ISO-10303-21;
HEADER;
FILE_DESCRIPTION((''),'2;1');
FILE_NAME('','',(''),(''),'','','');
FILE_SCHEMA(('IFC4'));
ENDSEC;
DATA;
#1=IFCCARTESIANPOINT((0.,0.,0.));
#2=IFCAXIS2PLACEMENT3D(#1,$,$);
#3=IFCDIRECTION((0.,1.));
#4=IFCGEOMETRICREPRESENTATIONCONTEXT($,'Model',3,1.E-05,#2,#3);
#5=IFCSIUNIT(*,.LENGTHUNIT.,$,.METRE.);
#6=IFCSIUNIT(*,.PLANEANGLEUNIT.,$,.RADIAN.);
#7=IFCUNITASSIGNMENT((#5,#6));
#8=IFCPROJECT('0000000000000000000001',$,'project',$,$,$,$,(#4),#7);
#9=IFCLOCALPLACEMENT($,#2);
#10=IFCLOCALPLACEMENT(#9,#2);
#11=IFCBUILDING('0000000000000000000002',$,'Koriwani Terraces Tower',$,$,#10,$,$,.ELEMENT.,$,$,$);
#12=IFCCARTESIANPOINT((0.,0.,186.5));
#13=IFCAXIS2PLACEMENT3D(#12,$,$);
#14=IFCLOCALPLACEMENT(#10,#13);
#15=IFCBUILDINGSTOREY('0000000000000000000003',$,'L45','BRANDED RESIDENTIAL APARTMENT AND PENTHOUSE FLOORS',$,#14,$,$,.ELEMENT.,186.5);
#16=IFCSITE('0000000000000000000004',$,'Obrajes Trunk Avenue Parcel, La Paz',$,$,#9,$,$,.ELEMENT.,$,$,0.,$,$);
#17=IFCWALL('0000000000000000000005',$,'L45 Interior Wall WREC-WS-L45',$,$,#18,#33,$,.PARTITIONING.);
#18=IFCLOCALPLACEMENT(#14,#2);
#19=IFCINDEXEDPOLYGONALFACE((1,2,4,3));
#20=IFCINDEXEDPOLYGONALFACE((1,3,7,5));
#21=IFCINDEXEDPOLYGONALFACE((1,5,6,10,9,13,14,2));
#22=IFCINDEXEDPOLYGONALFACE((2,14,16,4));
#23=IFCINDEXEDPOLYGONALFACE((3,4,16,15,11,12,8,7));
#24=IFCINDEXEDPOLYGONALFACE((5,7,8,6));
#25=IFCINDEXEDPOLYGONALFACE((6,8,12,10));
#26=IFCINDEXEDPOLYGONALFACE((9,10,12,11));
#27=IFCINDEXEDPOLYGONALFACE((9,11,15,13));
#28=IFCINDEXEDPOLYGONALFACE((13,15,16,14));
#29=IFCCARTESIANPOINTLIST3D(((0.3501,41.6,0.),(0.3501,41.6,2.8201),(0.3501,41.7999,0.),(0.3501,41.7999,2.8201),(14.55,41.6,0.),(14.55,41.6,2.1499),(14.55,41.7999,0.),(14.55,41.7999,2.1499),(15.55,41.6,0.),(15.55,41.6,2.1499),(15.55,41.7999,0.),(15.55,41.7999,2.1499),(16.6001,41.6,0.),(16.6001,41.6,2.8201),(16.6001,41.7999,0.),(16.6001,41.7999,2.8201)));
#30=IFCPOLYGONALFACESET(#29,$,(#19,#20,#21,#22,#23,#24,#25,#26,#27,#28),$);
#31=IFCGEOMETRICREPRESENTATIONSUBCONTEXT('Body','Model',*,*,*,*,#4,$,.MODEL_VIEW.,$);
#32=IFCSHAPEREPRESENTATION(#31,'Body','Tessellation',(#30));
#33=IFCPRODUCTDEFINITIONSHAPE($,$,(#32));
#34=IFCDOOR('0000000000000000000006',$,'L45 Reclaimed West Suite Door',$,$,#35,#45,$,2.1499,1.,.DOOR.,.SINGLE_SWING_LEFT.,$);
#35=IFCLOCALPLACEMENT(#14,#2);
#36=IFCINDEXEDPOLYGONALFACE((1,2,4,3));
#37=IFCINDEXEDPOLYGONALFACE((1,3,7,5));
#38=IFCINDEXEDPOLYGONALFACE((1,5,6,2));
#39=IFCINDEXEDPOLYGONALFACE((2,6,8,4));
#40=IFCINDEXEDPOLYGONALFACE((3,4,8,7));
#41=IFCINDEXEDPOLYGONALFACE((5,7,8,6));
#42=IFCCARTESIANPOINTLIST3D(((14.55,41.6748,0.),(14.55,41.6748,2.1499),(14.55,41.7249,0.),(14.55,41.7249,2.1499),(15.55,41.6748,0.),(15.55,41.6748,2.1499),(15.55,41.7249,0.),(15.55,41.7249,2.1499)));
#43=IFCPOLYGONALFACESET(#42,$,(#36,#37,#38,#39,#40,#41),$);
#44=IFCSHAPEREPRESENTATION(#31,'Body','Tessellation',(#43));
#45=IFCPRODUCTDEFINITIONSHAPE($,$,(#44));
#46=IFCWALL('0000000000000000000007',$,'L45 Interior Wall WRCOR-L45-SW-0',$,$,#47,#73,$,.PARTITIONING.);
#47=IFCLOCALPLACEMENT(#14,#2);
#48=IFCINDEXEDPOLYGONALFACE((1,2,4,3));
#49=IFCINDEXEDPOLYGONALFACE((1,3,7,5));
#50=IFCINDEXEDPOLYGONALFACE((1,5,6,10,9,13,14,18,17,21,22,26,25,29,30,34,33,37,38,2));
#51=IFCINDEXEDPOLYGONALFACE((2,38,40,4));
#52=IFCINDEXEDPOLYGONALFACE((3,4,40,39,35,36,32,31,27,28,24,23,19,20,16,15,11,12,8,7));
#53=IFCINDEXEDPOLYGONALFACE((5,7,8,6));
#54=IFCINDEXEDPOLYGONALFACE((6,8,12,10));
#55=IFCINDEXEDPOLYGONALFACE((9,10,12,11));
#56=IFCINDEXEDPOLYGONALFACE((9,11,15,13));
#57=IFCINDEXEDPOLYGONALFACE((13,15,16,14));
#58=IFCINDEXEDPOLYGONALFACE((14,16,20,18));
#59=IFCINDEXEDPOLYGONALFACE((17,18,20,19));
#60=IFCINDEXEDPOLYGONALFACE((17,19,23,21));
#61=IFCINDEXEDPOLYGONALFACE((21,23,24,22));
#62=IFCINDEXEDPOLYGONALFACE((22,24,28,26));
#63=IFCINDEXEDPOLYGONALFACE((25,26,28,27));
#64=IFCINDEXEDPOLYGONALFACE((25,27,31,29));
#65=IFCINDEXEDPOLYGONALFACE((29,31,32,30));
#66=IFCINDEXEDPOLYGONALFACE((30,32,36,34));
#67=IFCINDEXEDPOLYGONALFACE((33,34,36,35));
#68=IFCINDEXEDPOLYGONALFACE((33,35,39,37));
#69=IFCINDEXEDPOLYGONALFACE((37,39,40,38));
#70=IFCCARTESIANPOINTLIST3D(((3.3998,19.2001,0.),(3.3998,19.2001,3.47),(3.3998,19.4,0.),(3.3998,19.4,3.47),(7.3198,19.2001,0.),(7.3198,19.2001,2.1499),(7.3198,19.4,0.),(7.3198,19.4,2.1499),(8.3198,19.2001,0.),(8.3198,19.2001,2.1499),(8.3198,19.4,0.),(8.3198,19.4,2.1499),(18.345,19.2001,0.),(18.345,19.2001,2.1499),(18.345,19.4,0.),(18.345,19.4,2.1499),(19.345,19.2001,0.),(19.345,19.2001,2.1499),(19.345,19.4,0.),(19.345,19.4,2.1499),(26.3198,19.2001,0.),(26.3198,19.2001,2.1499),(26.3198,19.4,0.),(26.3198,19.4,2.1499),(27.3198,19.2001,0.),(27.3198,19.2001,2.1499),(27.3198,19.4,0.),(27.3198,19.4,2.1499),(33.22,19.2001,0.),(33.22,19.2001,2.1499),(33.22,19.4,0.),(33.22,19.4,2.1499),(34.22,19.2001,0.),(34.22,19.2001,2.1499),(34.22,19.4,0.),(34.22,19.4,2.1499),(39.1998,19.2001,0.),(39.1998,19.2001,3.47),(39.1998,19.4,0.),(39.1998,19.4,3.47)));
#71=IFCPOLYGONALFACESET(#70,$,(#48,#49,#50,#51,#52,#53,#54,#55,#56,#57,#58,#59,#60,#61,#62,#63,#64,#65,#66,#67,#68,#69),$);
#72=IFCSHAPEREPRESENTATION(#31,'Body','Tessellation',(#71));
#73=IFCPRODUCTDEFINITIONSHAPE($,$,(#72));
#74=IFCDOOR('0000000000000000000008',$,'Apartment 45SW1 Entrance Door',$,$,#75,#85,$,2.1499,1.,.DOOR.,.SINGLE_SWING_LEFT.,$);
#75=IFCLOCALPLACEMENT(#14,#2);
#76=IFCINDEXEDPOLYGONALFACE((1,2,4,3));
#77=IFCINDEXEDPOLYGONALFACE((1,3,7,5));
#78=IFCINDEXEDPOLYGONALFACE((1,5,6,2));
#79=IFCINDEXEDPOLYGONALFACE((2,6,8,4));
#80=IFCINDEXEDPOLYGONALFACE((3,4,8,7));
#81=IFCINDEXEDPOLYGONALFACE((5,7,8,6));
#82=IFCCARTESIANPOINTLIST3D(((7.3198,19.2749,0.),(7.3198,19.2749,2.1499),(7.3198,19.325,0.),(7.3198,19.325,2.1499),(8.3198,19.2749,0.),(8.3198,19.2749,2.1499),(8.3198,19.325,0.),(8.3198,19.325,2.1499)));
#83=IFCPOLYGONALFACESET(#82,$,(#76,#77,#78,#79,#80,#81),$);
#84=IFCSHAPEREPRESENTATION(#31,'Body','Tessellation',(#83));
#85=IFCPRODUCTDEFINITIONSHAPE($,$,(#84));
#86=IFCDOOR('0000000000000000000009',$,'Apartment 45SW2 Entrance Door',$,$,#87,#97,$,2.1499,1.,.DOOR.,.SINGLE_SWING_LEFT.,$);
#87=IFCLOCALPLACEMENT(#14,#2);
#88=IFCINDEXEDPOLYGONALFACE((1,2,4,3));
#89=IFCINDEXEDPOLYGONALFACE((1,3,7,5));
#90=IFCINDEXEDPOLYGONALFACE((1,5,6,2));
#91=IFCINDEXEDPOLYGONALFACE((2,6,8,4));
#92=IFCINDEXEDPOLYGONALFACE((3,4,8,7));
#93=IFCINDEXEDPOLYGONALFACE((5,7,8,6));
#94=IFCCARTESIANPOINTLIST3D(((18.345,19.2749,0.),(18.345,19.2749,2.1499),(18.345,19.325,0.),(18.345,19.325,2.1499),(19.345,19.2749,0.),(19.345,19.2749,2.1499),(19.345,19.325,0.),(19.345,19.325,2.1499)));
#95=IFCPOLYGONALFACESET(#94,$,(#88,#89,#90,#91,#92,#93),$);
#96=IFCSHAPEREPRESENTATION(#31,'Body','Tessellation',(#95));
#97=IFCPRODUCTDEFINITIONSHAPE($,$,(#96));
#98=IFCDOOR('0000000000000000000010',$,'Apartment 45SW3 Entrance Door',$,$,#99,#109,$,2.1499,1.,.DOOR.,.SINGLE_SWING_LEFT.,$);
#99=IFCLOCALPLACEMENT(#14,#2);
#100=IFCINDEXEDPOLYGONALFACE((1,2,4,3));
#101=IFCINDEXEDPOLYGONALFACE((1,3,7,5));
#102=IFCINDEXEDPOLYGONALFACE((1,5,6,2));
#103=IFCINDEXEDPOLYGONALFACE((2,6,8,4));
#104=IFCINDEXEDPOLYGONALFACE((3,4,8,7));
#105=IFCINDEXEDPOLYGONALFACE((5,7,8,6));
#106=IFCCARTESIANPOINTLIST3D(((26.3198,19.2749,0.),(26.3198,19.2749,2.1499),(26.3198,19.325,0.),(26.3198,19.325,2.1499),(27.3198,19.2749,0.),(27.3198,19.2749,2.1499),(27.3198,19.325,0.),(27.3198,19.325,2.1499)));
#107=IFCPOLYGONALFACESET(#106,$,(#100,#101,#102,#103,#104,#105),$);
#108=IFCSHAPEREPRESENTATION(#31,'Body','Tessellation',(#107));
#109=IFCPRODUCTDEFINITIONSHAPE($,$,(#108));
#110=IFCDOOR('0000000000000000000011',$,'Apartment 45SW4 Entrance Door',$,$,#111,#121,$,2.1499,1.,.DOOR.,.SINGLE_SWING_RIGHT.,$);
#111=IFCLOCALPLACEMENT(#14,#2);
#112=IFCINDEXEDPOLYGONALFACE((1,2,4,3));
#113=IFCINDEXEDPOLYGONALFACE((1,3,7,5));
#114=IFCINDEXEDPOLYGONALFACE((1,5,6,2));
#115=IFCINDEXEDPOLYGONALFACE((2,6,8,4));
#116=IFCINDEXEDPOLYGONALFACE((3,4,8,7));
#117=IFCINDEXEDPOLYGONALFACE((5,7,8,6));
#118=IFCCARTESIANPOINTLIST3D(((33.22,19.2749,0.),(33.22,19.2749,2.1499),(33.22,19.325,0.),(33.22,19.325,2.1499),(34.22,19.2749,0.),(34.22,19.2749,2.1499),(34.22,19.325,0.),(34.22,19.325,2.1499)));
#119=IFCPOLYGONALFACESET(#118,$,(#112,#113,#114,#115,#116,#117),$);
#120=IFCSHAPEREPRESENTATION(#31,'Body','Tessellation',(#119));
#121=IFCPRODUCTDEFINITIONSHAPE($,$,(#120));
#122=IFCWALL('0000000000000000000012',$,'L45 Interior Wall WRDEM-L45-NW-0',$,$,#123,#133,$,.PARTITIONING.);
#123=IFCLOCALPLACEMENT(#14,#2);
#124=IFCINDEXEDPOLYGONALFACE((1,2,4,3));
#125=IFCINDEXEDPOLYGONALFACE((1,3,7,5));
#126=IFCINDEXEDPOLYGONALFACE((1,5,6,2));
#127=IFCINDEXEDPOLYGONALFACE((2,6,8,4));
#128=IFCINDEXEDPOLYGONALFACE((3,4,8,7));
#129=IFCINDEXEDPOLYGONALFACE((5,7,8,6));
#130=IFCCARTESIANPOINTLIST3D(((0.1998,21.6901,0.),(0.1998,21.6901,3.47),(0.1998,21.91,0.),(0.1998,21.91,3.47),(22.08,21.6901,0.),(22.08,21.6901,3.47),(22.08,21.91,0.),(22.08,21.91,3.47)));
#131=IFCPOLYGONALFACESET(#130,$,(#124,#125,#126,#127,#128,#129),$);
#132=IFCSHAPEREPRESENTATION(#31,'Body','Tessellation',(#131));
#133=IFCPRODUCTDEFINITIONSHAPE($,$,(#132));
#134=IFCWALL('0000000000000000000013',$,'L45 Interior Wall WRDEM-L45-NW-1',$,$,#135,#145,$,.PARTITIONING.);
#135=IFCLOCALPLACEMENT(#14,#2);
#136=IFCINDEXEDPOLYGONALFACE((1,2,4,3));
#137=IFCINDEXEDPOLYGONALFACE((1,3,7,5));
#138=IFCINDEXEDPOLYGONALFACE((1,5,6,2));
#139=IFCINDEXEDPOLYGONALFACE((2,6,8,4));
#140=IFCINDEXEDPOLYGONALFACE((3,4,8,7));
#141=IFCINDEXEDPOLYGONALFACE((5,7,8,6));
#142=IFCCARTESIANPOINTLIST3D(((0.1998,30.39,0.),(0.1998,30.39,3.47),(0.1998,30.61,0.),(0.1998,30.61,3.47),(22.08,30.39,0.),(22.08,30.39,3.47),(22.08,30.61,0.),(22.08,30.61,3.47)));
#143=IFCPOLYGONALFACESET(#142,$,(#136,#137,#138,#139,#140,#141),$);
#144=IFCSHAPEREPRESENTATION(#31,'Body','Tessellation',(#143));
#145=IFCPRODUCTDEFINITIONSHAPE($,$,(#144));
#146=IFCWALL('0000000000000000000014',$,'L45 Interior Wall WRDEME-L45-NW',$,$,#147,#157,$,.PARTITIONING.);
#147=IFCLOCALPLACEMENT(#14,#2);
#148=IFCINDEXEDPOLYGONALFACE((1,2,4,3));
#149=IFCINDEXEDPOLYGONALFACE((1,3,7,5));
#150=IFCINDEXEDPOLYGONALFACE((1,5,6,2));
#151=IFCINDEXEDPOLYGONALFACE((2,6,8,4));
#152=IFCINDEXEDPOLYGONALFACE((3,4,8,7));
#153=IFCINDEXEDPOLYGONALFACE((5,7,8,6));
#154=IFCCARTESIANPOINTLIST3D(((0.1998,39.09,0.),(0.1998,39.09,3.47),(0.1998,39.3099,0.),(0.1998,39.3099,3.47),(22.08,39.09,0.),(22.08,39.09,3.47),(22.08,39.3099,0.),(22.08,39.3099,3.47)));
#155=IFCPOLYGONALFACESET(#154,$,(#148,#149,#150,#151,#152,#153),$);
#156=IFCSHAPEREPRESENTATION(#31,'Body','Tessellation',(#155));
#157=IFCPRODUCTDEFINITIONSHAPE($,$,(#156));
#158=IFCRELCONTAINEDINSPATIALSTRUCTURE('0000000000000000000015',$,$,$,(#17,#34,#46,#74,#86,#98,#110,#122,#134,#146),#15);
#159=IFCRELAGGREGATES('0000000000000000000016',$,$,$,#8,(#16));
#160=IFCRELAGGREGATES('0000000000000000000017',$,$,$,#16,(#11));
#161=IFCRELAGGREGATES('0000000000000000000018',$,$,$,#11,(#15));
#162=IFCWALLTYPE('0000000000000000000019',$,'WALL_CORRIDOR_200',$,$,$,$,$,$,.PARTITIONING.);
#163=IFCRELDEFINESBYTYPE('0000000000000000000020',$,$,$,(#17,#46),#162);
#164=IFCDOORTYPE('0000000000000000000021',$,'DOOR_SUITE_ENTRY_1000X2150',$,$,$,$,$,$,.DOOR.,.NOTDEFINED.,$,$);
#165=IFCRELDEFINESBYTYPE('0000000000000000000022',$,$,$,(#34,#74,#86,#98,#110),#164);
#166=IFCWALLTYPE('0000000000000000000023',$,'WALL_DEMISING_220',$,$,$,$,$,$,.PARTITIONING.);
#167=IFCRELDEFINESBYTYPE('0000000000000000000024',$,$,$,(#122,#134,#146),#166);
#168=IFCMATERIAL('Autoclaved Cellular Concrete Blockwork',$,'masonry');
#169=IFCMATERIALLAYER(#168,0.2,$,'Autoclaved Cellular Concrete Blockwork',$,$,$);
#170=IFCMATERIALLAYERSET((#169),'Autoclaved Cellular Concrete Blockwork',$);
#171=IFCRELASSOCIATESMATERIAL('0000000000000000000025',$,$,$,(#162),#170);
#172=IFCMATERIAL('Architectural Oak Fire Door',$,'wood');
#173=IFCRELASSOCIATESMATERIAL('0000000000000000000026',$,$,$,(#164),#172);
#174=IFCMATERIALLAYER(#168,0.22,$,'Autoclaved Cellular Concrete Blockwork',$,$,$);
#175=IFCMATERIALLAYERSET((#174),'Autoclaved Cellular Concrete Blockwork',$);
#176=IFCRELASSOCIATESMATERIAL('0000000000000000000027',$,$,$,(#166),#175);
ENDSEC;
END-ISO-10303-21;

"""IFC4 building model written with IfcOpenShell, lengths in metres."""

from ifc_helpers import new_model, si_unit, direction, frame, frame_2d, origin, place, context, subcontext, project, spatial, rectangle, extrude, material, layer, layer_set, type_object, element, fill, save


model = new_model("IFC4")

# Units and contexts
model_context = context("Model", 3, precision=1e-05, world=origin(), true_north=direction((0.0, 1.0)))
body_context = subcontext(model_context, "Body", "Model", "MODEL_VIEW")
ifc_project = project(units=[si_unit("LENGTHUNIT", "METRE"), si_unit("PLANEANGLEUNIT", "RADIAN")], contexts=[model_context])

# Site, building, storey
site_placement = place(None, origin())
site = spatial("IfcSite", under=ifc_project, at=site_placement, Name="Obrajes Trunk Avenue Parcel, La Paz", CompositionType="ELEMENT", RefElevation=0.0)
building_placement = place(site_placement, origin())
building = spatial("IfcBuilding", under=site, at=building_placement, Name="Koriwani Terraces Tower", CompositionType="ELEMENT")
storey_placement = place(building_placement, frame((0.0, 0.0, 186.5)))
storey = spatial("IfcBuildingStorey", under=building, at=storey_placement, Name="L45", Description="BRANDED RESIDENTIAL APARTMENT AND PENTHOUSE FLOORS", CompositionType="ELEMENT", Elevation=186.5)

# Wall, opening, door
ifc_material_1 = material(Name="Autoclaved Cellular Concrete Blockwork", Category="masonry")
ifc_layer_1 = layer(ifc_material_1, 0.2, Name="Autoclaved Cellular Concrete Blockwork")
ifc_layer_set_1 = layer_set([ifc_layer_1], Name="Autoclaved Cellular Concrete Blockwork")
wall_type_1 = type_object("IfcWallType", Name="WALL_CORRIDOR_200", PredefinedType="PARTITIONING", material=ifc_layer_set_1)
wall_1_placement = place(storey_placement, frame((0.3501, 41.7, 0.0), z_axis=(0.0, 0.0, 1.0), x_axis=(1.0, 0.0, 0.0)))
wall_1 = element("IfcWall", 1, at=wall_1_placement, inside=storey, type_object=wall_type_1, Name="L45 Interior Wall WREC-WS-L45", PredefinedType="PARTITIONING", context=body_context, shape_type="SweptSolid", body=[
    extrude(rectangle(XDim=16.25, YDim=0.2, at=frame_2d((8.125, 0.0))), origin(), (0.0, 0.0, 1.0), 2.8201),
])
opening_1_placement = place(wall_1_placement, frame((14.2, 0.0, 0.0)))
opening_1 = element("IfcOpeningElement", 2, at=opening_1_placement, cuts=wall_1, PredefinedType="OPENING", context=body_context, shape_type="SweptSolid", body=[
    extrude(rectangle(XDim=1.0, YDim=2.1499, at=frame_2d((0.5, 1.075))), frame((0.0, 0.1099, 0.0), z_axis=(0.0, -1.0, 0.0), x_axis=(1.0, 0.0, 0.0)), (0.0, 0.0, 1.0), 0.22),
])
ifc_material_2 = material(Name="Architectural Oak Fire Door", Category="wood")
door_type_1 = type_object("IfcDoorType", Name="DOOR_SUITE_ENTRY_1000X2150", OperationType="NOTDEFINED", PredefinedType="DOOR", material=ifc_material_2)
door_1_placement = place(opening_1_placement, origin())
door_1 = element("IfcDoor", 3, at=door_1_placement, inside=storey, type_object=door_type_1, Name="L45 Reclaimed West Suite Door", OperationType="SINGLE_SWING_LEFT", OverallHeight=2.1499, OverallWidth=1.0, PredefinedType="DOOR", context=body_context, shape_type="SweptSolid", body=[
    extrude(rectangle(XDim=1.0, YDim=2.1499, at=frame_2d((0.5, 1.075))), frame((0.0, 0.0249, 0.0), z_axis=(0.0, -1.0, 0.0), x_axis=(1.0, 0.0, 0.0)), (0.0, 0.0, 1.0), 0.05),
])
fill(opening_1, door_1)

# Wall, openings, doors
wall_2_placement = place(storey_placement, frame((3.3999, 19.3, 0.0), z_axis=(0.0, 0.0, 1.0), x_axis=(1.0, 0.0, 0.0)))
wall_2 = element("IfcWall", 4, at=wall_2_placement, inside=storey, type_object=wall_type_1, Name="L45 Interior Wall WRCOR-L45-SW-0", PredefinedType="PARTITIONING", context=body_context, shape_type="SweptSolid", body=[
    extrude(rectangle(XDim=35.8, YDim=0.2, at=frame_2d((17.8999, 0.0))), origin(), (0.0, 0.0, 1.0), 3.47),
])
opening_2_placement = place(wall_2_placement, frame((3.9199, 0.0, 0.0)))
opening_2 = element("IfcOpeningElement", 5, at=opening_2_placement, cuts=wall_2, PredefinedType="OPENING", context=body_context, shape_type="SweptSolid", body=[
    extrude(rectangle(XDim=1.0, YDim=2.1499, at=frame_2d((0.5, 1.075))), frame((0.0, 0.1099, 0.0), z_axis=(0.0, -1.0, 0.0), x_axis=(1.0, 0.0, 0.0)), (0.0, 0.0, 1.0), 0.22),
])
opening_3_placement = place(wall_2_placement, frame((14.9451, 0.0, 0.0)))
opening_3 = element("IfcOpeningElement", 6, at=opening_3_placement, cuts=wall_2, PredefinedType="OPENING", context=body_context, shape_type="SweptSolid", body=[
    extrude(rectangle(XDim=1.0, YDim=2.1499, at=frame_2d((0.5, 1.075))), frame((0.0, 0.1099, 0.0), z_axis=(0.0, -1.0, 0.0), x_axis=(1.0, 0.0, 0.0)), (0.0, 0.0, 1.0), 0.22),
])
opening_4_placement = place(wall_2_placement, frame((22.9199, 0.0, 0.0)))
opening_4 = element("IfcOpeningElement", 7, at=opening_4_placement, cuts=wall_2, PredefinedType="OPENING", context=body_context, shape_type="SweptSolid", body=[
    extrude(rectangle(XDim=1.0, YDim=2.1499, at=frame_2d((0.5, 1.075))), frame((0.0, 0.1099, 0.0), z_axis=(0.0, -1.0, 0.0), x_axis=(1.0, 0.0, 0.0)), (0.0, 0.0, 1.0), 0.22),
])
opening_5_placement = place(wall_2_placement, frame((29.8201, 0.0, 0.0)))
opening_5 = element("IfcOpeningElement", 8, at=opening_5_placement, cuts=wall_2, PredefinedType="OPENING", context=body_context, shape_type="SweptSolid", body=[
    extrude(rectangle(XDim=1.0, YDim=2.1499, at=frame_2d((0.5, 1.075))), frame((0.0, 0.1099, 0.0), z_axis=(0.0, -1.0, 0.0), x_axis=(1.0, 0.0, 0.0)), (0.0, 0.0, 1.0), 0.22),
])
door_2_placement = place(opening_2_placement, origin())
door_2 = element("IfcDoor", 9, at=door_2_placement, inside=storey, type_object=door_type_1, Name="Apartment 45SW1 Entrance Door", OperationType="SINGLE_SWING_LEFT", OverallHeight=2.1499, OverallWidth=1.0, PredefinedType="DOOR", context=body_context, shape_type="SweptSolid", body=[
    extrude(rectangle(XDim=1.0, YDim=2.1499, at=frame_2d((0.5, 1.075))), frame((0.0, 0.0249, 0.0), z_axis=(0.0, -1.0, 0.0), x_axis=(1.0, 0.0, 0.0)), (0.0, 0.0, 1.0), 0.05),
])
fill(opening_2, door_2)
door_3_placement = place(opening_3_placement, origin())
door_3 = element("IfcDoor", 10, at=door_3_placement, inside=storey, type_object=door_type_1, Name="Apartment 45SW2 Entrance Door", OperationType="SINGLE_SWING_LEFT", OverallHeight=2.1499, OverallWidth=1.0, PredefinedType="DOOR", context=body_context, shape_type="SweptSolid", body=[
    extrude(rectangle(XDim=1.0, YDim=2.1499, at=frame_2d((0.5, 1.075))), frame((0.0, 0.0249, 0.0), z_axis=(0.0, -1.0, 0.0), x_axis=(1.0, 0.0, 0.0)), (0.0, 0.0, 1.0), 0.05),
])
fill(opening_3, door_3)
door_4_placement = place(opening_4_placement, origin())
door_4 = element("IfcDoor", 11, at=door_4_placement, inside=storey, type_object=door_type_1, Name="Apartment 45SW3 Entrance Door", OperationType="SINGLE_SWING_LEFT", OverallHeight=2.1499, OverallWidth=1.0, PredefinedType="DOOR", context=body_context, shape_type="SweptSolid", body=[
    extrude(rectangle(XDim=1.0, YDim=2.1499, at=frame_2d((0.5, 1.075))), frame((0.0, 0.0249, 0.0), z_axis=(0.0, -1.0, 0.0), x_axis=(1.0, 0.0, 0.0)), (0.0, 0.0, 1.0), 0.05),
])
fill(opening_4, door_4)
door_5_placement = place(opening_5_placement, origin())
door_5 = element("IfcDoor", 12, at=door_5_placement, inside=storey, type_object=door_type_1, Name="Apartment 45SW4 Entrance Door", OperationType="SINGLE_SWING_RIGHT", OverallHeight=2.1499, OverallWidth=1.0, PredefinedType="DOOR", context=body_context, shape_type="SweptSolid", body=[
    extrude(rectangle(XDim=1.0, YDim=2.1499, at=frame_2d((0.5, 1.075))), frame((0.0, 0.0249, 0.0), z_axis=(0.0, -1.0, 0.0), x_axis=(1.0, 0.0, 0.0)), (0.0, 0.0, 1.0), 0.05),
])
fill(opening_5, door_5)

# Walls
ifc_layer_2 = layer(ifc_material_1, 0.22, Name="Autoclaved Cellular Concrete Blockwork")
ifc_layer_set_2 = layer_set([ifc_layer_2], Name="Autoclaved Cellular Concrete Blockwork")
wall_type_2 = type_object("IfcWallType", Name="WALL_DEMISING_220", PredefinedType="PARTITIONING", material=ifc_layer_set_2)
for number, where, z_axis, x_axis, name in (
    (13, (0.2, 21.8, 0.0), (0.0, 0.0, 1.0), (1.0, 0.0, 0.0), "L45 Interior Wall WRDEM-L45-NW-0"),
    (14, (0.2, 30.5, 0.0), (0.0, 0.0, 1.0), (1.0, 0.0, 0.0), "L45 Interior Wall WRDEM-L45-NW-1"),
    (15, (0.2, 39.2, 0.0), (0.0, 0.0, 1.0), (1.0, 0.0, 0.0), "L45 Interior Wall WRDEME-L45-NW"),
):
    element("IfcWall", number, at=place(storey_placement, frame(where, z_axis=z_axis, x_axis=x_axis)), inside=storey, type_object=wall_type_2, Name=name, PredefinedType="PARTITIONING", context=body_context, shape_type="SweptSolid", body=[
        extrude(rectangle(XDim=21.8801, YDim=0.22, at=frame_2d((10.9399, 0.0))), origin(), (0.0, 0.0, 1.0), 3.47),
    ])

save(model, "model.ifc")
